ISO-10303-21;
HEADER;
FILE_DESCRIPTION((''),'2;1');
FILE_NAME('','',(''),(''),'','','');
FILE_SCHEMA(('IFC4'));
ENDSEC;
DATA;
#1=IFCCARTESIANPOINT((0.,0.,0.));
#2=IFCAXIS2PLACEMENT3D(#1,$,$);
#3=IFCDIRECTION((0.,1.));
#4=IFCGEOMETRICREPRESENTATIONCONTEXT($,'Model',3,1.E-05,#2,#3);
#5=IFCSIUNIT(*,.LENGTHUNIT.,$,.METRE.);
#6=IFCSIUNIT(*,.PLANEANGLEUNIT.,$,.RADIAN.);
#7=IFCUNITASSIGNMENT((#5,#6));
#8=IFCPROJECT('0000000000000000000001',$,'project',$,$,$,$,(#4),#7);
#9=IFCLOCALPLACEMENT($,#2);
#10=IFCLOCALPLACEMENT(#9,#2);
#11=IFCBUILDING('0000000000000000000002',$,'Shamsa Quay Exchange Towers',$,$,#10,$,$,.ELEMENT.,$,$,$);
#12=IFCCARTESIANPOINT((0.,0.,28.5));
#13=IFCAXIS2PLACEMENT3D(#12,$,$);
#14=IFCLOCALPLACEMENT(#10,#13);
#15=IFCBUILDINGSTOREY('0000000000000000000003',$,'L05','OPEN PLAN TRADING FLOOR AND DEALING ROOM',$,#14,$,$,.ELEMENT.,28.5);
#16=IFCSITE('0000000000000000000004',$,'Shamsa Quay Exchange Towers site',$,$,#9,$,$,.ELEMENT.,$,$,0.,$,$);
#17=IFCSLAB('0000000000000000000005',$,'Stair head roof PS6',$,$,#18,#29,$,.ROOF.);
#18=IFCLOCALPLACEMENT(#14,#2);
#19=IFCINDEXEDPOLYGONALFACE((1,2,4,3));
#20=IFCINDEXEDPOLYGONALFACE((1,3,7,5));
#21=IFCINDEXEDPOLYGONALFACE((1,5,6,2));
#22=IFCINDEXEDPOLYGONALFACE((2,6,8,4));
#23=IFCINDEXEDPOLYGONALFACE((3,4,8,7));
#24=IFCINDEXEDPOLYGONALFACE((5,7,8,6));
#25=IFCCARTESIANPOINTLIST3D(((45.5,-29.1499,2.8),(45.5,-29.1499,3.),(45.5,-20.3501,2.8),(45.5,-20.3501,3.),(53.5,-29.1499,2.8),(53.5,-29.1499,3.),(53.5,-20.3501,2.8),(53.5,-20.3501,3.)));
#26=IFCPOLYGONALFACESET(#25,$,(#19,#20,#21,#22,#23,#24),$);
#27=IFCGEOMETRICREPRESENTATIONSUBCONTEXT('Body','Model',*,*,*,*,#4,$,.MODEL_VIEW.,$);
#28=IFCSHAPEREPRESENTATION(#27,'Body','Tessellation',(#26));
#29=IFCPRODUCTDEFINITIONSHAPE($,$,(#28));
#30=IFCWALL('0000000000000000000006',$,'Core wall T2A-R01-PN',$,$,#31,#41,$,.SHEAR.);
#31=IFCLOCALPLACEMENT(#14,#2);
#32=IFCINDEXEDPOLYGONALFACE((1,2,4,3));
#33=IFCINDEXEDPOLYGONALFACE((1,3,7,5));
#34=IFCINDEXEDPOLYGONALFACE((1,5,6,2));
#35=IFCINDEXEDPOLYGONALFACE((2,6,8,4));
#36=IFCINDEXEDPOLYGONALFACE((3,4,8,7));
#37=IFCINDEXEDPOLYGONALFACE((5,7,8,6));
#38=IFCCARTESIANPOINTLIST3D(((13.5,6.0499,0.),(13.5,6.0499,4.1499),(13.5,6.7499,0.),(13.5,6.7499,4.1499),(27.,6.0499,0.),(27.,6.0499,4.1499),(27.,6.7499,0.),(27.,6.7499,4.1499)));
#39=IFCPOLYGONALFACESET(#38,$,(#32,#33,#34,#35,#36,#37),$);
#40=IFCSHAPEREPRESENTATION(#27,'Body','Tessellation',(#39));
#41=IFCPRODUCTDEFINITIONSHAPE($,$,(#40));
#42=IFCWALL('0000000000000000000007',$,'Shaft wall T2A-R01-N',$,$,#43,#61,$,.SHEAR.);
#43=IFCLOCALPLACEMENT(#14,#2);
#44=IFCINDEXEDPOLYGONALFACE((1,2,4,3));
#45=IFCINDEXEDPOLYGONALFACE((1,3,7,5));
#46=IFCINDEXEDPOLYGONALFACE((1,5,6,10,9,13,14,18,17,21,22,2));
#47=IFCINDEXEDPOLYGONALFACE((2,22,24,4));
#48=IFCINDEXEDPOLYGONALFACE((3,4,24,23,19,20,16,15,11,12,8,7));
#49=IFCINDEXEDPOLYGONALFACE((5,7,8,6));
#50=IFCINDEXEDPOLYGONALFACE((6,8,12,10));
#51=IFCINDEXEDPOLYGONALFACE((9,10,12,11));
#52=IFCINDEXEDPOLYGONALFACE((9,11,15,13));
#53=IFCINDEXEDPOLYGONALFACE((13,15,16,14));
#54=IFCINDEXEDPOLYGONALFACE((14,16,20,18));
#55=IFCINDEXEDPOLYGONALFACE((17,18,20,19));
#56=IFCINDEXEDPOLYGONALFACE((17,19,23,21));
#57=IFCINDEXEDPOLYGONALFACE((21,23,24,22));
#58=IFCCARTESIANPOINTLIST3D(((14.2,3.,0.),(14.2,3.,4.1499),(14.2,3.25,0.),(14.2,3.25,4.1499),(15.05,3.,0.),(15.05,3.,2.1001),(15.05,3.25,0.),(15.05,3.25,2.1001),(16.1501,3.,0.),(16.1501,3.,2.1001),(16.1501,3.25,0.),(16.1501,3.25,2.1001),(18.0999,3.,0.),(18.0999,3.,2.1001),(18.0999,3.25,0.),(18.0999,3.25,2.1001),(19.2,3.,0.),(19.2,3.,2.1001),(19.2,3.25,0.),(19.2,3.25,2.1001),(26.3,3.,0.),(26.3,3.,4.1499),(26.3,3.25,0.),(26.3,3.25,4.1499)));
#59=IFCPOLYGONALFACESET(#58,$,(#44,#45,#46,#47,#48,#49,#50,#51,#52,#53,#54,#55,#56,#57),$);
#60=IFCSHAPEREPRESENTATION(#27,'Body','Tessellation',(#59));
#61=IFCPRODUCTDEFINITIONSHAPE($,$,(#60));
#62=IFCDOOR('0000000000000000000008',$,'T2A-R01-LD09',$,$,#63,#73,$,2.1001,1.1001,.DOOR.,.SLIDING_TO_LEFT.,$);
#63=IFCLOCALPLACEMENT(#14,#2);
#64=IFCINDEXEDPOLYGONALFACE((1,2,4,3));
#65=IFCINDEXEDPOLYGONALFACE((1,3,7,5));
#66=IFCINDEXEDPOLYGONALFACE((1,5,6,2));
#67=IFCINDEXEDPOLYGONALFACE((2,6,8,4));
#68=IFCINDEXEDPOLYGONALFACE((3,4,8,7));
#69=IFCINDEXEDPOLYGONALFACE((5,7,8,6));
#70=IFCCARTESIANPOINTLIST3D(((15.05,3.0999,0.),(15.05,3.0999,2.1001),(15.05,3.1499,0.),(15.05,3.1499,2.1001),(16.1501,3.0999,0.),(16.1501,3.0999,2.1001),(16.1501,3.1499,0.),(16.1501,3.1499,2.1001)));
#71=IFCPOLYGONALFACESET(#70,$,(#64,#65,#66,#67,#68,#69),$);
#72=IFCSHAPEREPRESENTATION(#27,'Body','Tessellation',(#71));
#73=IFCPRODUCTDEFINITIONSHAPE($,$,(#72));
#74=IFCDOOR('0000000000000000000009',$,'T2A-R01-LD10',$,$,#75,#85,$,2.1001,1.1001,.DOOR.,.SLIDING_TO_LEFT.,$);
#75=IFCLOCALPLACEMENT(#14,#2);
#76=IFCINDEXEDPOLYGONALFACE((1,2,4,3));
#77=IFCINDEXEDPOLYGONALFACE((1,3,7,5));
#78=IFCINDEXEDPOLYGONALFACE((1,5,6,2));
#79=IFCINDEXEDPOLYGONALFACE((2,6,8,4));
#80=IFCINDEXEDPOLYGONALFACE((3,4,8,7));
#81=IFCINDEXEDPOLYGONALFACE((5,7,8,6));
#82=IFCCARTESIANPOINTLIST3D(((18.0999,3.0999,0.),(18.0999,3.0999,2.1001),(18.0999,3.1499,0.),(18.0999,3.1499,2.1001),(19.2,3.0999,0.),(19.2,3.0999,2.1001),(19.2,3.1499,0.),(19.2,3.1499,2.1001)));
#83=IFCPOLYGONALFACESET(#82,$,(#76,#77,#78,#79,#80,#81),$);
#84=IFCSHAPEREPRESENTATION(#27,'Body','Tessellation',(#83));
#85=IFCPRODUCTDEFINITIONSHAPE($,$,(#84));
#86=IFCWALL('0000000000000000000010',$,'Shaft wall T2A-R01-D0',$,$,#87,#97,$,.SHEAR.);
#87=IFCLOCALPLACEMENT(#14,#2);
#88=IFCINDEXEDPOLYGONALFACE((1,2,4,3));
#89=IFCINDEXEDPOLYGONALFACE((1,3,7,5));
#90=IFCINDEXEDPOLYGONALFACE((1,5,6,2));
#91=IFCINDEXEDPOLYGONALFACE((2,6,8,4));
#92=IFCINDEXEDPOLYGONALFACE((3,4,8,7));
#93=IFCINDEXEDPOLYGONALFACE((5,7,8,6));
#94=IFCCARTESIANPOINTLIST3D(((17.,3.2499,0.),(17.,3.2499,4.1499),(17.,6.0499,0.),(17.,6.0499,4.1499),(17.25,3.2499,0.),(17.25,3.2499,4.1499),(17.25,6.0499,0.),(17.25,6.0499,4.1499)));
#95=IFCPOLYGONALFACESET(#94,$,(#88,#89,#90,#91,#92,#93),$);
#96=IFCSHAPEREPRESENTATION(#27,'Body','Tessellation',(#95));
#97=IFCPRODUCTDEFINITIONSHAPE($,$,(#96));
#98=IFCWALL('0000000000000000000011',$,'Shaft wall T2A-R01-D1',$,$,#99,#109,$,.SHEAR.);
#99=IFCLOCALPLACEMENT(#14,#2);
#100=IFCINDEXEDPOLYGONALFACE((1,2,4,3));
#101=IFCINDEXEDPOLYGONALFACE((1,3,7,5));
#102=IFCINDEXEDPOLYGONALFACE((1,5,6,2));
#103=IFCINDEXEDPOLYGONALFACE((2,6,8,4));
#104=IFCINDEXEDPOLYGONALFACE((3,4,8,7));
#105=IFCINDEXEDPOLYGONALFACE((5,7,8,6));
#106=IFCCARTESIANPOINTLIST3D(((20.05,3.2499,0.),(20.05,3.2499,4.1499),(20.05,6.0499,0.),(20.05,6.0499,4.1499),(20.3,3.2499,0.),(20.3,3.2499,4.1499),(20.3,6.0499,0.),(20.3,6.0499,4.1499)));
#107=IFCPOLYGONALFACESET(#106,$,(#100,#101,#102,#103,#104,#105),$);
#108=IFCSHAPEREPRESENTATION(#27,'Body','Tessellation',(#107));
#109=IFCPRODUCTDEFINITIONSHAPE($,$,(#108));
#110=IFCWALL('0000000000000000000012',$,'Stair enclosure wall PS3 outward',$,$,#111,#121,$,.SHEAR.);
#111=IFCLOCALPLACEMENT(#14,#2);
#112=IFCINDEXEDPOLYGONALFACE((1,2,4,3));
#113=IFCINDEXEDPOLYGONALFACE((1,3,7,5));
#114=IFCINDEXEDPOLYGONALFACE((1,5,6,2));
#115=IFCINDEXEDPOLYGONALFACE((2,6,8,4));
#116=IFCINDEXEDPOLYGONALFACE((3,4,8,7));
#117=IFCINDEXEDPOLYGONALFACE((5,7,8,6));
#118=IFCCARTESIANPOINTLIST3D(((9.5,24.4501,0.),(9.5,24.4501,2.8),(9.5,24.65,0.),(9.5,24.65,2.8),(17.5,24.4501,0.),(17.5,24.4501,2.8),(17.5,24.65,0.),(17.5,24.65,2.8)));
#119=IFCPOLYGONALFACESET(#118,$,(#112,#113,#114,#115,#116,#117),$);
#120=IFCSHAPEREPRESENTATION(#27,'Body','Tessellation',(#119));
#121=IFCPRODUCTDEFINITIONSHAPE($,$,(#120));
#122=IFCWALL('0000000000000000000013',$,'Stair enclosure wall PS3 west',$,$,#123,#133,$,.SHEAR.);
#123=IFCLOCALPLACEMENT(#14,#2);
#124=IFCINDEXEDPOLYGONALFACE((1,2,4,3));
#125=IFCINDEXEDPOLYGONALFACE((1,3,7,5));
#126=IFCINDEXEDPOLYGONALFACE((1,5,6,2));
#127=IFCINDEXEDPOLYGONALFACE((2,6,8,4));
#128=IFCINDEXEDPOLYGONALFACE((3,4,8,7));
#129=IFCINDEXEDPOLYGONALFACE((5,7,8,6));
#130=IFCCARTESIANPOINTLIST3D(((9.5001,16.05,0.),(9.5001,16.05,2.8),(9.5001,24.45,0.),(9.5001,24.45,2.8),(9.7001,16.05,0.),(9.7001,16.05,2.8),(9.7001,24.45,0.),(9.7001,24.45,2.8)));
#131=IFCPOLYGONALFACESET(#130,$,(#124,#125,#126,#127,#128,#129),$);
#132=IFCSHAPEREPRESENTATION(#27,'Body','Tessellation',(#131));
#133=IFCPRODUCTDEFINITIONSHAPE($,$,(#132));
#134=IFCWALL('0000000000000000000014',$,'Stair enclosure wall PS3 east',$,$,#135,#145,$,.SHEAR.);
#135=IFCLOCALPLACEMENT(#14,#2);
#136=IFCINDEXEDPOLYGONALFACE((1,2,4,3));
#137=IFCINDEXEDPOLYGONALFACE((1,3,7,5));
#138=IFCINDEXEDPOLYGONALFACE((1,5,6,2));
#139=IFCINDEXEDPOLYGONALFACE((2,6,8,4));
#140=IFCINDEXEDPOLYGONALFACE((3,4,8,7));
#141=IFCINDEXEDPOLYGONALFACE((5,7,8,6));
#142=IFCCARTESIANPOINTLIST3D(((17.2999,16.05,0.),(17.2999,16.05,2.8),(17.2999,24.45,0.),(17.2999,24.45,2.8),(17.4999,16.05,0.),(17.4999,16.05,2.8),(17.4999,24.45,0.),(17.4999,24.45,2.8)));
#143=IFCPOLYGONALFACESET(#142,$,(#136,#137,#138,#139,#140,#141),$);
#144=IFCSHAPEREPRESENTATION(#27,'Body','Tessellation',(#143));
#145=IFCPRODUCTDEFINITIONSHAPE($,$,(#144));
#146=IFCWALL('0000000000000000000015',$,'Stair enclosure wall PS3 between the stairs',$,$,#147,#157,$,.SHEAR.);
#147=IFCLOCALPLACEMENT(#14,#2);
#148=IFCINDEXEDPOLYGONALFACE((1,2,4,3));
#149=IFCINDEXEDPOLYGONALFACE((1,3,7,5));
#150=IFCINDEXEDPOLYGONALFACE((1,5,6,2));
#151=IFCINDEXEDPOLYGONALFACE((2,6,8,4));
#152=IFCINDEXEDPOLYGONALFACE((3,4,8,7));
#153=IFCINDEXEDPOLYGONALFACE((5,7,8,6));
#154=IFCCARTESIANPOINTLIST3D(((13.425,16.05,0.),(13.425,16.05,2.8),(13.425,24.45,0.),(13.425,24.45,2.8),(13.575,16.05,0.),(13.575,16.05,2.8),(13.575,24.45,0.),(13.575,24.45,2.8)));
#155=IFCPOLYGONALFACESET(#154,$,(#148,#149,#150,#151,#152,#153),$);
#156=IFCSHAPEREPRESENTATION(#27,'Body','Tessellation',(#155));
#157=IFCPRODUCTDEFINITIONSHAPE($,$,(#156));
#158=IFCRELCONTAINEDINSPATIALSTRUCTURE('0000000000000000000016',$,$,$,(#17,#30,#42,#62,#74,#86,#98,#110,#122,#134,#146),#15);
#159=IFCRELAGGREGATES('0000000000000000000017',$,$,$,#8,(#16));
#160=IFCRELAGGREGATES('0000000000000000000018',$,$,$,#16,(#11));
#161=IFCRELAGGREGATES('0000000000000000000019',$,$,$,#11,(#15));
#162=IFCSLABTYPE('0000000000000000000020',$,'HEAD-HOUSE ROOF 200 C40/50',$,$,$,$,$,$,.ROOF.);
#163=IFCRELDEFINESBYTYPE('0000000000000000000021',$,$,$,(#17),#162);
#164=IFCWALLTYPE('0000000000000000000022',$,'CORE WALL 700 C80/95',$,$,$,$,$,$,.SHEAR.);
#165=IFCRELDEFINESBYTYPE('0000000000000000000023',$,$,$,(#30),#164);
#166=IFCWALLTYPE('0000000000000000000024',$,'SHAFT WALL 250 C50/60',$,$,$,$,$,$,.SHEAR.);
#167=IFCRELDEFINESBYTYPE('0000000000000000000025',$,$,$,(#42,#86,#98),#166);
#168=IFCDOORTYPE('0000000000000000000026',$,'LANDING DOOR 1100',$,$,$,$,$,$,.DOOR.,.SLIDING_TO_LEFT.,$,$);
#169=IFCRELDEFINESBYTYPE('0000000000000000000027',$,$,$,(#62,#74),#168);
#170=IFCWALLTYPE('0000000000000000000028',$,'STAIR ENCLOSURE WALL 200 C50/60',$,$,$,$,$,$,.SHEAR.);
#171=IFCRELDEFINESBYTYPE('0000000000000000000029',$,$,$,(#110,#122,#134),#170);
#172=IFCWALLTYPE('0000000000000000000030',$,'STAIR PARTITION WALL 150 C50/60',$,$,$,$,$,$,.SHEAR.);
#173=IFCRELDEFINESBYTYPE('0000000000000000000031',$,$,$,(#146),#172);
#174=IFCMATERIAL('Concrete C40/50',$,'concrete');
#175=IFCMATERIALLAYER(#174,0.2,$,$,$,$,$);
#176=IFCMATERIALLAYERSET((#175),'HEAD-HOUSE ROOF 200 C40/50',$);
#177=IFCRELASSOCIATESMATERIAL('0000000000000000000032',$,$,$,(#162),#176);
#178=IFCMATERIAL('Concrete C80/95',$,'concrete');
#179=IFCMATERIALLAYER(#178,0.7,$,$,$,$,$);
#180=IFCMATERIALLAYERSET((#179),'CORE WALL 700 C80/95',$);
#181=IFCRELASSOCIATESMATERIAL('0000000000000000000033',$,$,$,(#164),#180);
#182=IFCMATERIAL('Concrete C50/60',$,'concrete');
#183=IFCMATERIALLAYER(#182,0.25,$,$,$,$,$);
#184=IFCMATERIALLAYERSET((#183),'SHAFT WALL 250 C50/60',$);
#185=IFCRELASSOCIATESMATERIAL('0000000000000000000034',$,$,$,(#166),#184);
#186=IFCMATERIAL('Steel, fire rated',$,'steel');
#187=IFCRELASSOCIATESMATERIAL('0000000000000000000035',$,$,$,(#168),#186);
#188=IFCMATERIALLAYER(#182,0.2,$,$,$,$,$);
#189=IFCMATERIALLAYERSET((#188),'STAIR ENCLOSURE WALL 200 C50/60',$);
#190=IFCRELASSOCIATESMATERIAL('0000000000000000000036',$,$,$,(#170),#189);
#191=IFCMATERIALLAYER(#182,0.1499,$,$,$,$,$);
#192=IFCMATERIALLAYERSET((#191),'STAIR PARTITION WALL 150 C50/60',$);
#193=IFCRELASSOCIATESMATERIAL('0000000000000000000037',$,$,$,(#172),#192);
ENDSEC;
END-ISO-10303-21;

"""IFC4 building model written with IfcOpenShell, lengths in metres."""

from ifc_helpers import new_model, si_unit, direction, frame, frame_2d, origin, place, context, subcontext, project, spatial, polyline, rectangle, outline, extrude, material, layer, layer_set, type_object, element, fill, save


model = new_model("IFC4")

# Units and contexts
model_context = context("Model", 3, precision=1e-05, world=origin(), true_north=direction((0.0, 1.0)))
body_context = subcontext(model_context, "Body", "Model", "MODEL_VIEW")
ifc_project = project(units=[si_unit("LENGTHUNIT", "METRE"), si_unit("PLANEANGLEUNIT", "RADIAN")], contexts=[model_context])

# Site, building, storey
site_placement = place(None, origin())
site = spatial("IfcSite", under=ifc_project, at=site_placement, Name="Shamsa Quay Exchange Towers site", CompositionType="ELEMENT", RefElevation=0.0)
building_placement = place(site_placement, origin())
building = spatial("IfcBuilding", under=site, at=building_placement, Name="Shamsa Quay Exchange Towers", CompositionType="ELEMENT")
storey_placement = place(building_placement, frame((0.0, 0.0, 28.5)))
storey = spatial("IfcBuildingStorey", under=building, at=storey_placement, Name="L05", Description="OPEN PLAN TRADING FLOOR AND DEALING ROOM", CompositionType="ELEMENT", Elevation=28.5)

# Shared definitions
ifc_material_1 = material(Name="Concrete C50/60", Category="concrete")

# Slab
ifc_material_2 = material(Name="Concrete C40/50", Category="concrete")
ifc_layer_1 = layer(ifc_material_2, 0.2)
ifc_layer_set_1 = layer_set([ifc_layer_1], Name="HEAD-HOUSE ROOF 200 C40/50")
slab_type_1 = type_object("IfcSlabType", Name="HEAD-HOUSE ROOF 200 C40/50", PredefinedType="ROOF", material=ifc_layer_set_1)
slab_1_placement = place(storey_placement, frame((0.0, 0.0, 2.8)))
element("IfcSlab", 1, at=slab_1_placement, inside=storey, type_object=slab_type_1, Name="Stair head roof PS6", PredefinedType="ROOF", context=body_context, shape_type="SweptSolid", body=[
    extrude(outline(polyline([(45.5, -29.1499), (53.5, -29.1499), (53.5, -20.3501), (45.5, -20.3501), (45.5, -29.1499)])), origin(), (0.0, 0.0, 1.0), 0.2),
])

# Wall
ifc_material_3 = material(Name="Concrete C80/95", Category="concrete")
ifc_layer_2 = layer(ifc_material_3, 0.7)
ifc_layer_set_2 = layer_set([ifc_layer_2], Name="CORE WALL 700 C80/95")
wall_type_1 = type_object("IfcWallType", Name="CORE WALL 700 C80/95", PredefinedType="SHEAR", material=ifc_layer_set_2)
wall_1_placement = place(storey_placement, frame((13.5, 6.3999, 0.0)))
element("IfcWall", 2, at=wall_1_placement, inside=storey, type_object=wall_type_1, Name="Core wall T2A-R01-PN", PredefinedType="SHEAR", context=body_context, shape_type="SweptSolid", body=[
    extrude(rectangle(XDim=13.5, YDim=0.7, at=frame_2d((6.75, 0.0))), origin(), (0.0, 0.0, 1.0), 4.1499),
])

# Shared definitions
ifc_material_4 = material(Name="Steel, fire rated", Category="steel")

# Wall, openings, doors
ifc_layer_3 = layer(ifc_material_1, 0.25)
ifc_layer_set_3 = layer_set([ifc_layer_3], Name="SHAFT WALL 250 C50/60")
wall_type_2 = type_object("IfcWallType", Name="SHAFT WALL 250 C50/60", PredefinedType="SHEAR", material=ifc_layer_set_3)
wall_2_placement = place(storey_placement, frame((14.2, 3.125, 0.0)))
wall_2 = element("IfcWall", 3, at=wall_2_placement, inside=storey, type_object=wall_type_2, Name="Shaft wall T2A-R01-N", PredefinedType="SHEAR", context=body_context, shape_type="SweptSolid", body=[
    extrude(rectangle(XDim=12.1001, YDim=0.25, at=frame_2d((6.05, 0.0))), origin(), (0.0, 0.0, 1.0), 4.1499),
])
opening_1_placement = place(wall_2_placement, frame((0.8501, 0.0, 0.0)))
opening_1 = element("IfcOpeningElement", 4, at=opening_1_placement, cuts=wall_2, PredefinedType="OPENING", context=body_context, shape_type="SweptSolid", body=[
    extrude(rectangle(XDim=1.1001, YDim=2.1001, at=frame_2d((0.55, 1.05))), frame((0.0, 0.135, 0.0), z_axis=(0.0, -1.0, 0.0), x_axis=(1.0, 0.0, 0.0)), (0.0, 0.0, 1.0), 0.27),
])
opening_2_placement = place(wall_2_placement, frame((3.8999, 0.0, 0.0)))
opening_2 = element("IfcOpeningElement", 5, at=opening_2_placement, cuts=wall_2, PredefinedType="OPENING", context=body_context, shape_type="SweptSolid", body=[
    extrude(rectangle(XDim=1.1001, YDim=2.1001, at=frame_2d((0.55, 1.05))), frame((0.0, 0.135, 0.0), z_axis=(0.0, -1.0, 0.0), x_axis=(1.0, 0.0, 0.0)), (0.0, 0.0, 1.0), 0.27),
])
door_type_1 = type_object("IfcDoorType", Name="LANDING DOOR 1100", OperationType="SLIDING_TO_LEFT", PredefinedType="DOOR", material=ifc_material_4)
door_1_placement = place(opening_1_placement, origin())
door_1 = element("IfcDoor", 6, at=door_1_placement, inside=storey, type_object=door_type_1, Name="T2A-R01-LD09", OperationType="SLIDING_TO_LEFT", OverallHeight=2.1001, OverallWidth=1.1001, PredefinedType="DOOR", context=body_context, shape_type="SweptSolid", body=[
    extrude(rectangle(XDim=1.1001, YDim=2.1001, at=frame_2d((0.55, 1.05))), frame((0.0, 0.0249, 0.0), z_axis=(0.0, -1.0, 0.0), x_axis=(1.0, 0.0, 0.0)), (0.0, 0.0, 1.0), 0.05),
])
fill(opening_1, door_1)
door_2_placement = place(opening_2_placement, origin())
door_2 = element("IfcDoor", 7, at=door_2_placement, inside=storey, type_object=door_type_1, Name="T2A-R01-LD10", OperationType="SLIDING_TO_LEFT", OverallHeight=2.1001, OverallWidth=1.1001, PredefinedType="DOOR", context=body_context, shape_type="SweptSolid", body=[
    extrude(rectangle(XDim=1.1001, YDim=2.1001, at=frame_2d((0.55, 1.05))), frame((0.0, 0.0249, 0.0), z_axis=(0.0, -1.0, 0.0), x_axis=(1.0, 0.0, 0.0)), (0.0, 0.0, 1.0), 0.05),
])
fill(opening_2, door_2)

# Walls
for number, where, z_axis, x_axis, name in (
    (8, (17.125, 3.25, 0.0), (0.0, 0.0, 1.0), (0.0, 1.0, 0.0), "Shaft wall T2A-R01-D0"),
    (9, (20.175, 3.25, 0.0), (0.0, 0.0, 1.0), (0.0, 1.0, 0.0), "Shaft wall T2A-R01-D1"),
):
    element("IfcWall", number, at=place(storey_placement, frame(where, z_axis=z_axis, x_axis=x_axis)), inside=storey, type_object=wall_type_2, Name=name, PredefinedType="SHEAR", context=body_context, shape_type="SweptSolid", body=[
        extrude(rectangle(XDim=2.8, YDim=0.25, at=frame_2d((1.3999, 0.0))), origin(), (0.0, 0.0, 1.0), 4.1499),
    ])

# Shared definitions
ifc_layer_4 = layer(ifc_material_1, 0.2)
ifc_layer_set_4 = layer_set([ifc_layer_4], Name="STAIR ENCLOSURE WALL 200 C50/60")
wall_type_3 = type_object("IfcWallType", Name="STAIR ENCLOSURE WALL 200 C50/60", PredefinedType="SHEAR", material=ifc_layer_set_4)

# Walls
wall_3_placement = place(storey_placement, frame((9.5, 24.55, 0.0)))
element("IfcWall", 10, at=wall_3_placement, inside=storey, type_object=wall_type_3, Name="Stair enclosure wall PS3 outward", PredefinedType="SHEAR", context=body_context, shape_type="SweptSolid", body=[
    extrude(rectangle(XDim=8.0, YDim=0.2, at=frame_2d((4.0, 0.0))), origin(), (0.0, 0.0, 1.0), 2.8),
])
for number, where, z_axis, x_axis, name in (
    (11, (9.6001, 16.05, 0.0), (0.0, 0.0, 1.0), (0.0, 1.0, 0.0), "Stair enclosure wall PS3 west"),
    (12, (17.3999, 16.05, 0.0), (0.0, 0.0, 1.0), (0.0, 1.0, 0.0), "Stair enclosure wall PS3 east"),
):
    element("IfcWall", number, at=place(storey_placement, frame(where, z_axis=z_axis, x_axis=x_axis)), inside=storey, type_object=wall_type_3, Name=name, PredefinedType="SHEAR", context=body_context, shape_type="SweptSolid", body=[
        extrude(rectangle(XDim=8.3999, YDim=0.2, at=frame_2d((4.2, 0.0))), origin(), (0.0, 0.0, 1.0), 2.8),
    ])
ifc_layer_5 = layer(ifc_material_1, 0.1499)
ifc_layer_set_5 = layer_set([ifc_layer_5], Name="STAIR PARTITION WALL 150 C50/60")
wall_type_4 = type_object("IfcWallType", Name="STAIR PARTITION WALL 150 C50/60", PredefinedType="SHEAR", material=ifc_layer_set_5)
wall_4_placement = place(storey_placement, frame((13.5, 16.05, 0.0), z_axis=(0.0, 0.0, 1.0), x_axis=(0.0, 1.0, 0.0)))
element("IfcWall", 13, at=wall_4_placement, inside=storey, type_object=wall_type_4, Name="Stair enclosure wall PS3 between the stairs", PredefinedType="SHEAR", context=body_context, shape_type="SweptSolid", body=[
    extrude(rectangle(XDim=8.3999, YDim=0.1499, at=frame_2d((4.2, 0.0))), origin(), (0.0, 0.0, 1.0), 2.8),
])

save(model, "model.ifc")
